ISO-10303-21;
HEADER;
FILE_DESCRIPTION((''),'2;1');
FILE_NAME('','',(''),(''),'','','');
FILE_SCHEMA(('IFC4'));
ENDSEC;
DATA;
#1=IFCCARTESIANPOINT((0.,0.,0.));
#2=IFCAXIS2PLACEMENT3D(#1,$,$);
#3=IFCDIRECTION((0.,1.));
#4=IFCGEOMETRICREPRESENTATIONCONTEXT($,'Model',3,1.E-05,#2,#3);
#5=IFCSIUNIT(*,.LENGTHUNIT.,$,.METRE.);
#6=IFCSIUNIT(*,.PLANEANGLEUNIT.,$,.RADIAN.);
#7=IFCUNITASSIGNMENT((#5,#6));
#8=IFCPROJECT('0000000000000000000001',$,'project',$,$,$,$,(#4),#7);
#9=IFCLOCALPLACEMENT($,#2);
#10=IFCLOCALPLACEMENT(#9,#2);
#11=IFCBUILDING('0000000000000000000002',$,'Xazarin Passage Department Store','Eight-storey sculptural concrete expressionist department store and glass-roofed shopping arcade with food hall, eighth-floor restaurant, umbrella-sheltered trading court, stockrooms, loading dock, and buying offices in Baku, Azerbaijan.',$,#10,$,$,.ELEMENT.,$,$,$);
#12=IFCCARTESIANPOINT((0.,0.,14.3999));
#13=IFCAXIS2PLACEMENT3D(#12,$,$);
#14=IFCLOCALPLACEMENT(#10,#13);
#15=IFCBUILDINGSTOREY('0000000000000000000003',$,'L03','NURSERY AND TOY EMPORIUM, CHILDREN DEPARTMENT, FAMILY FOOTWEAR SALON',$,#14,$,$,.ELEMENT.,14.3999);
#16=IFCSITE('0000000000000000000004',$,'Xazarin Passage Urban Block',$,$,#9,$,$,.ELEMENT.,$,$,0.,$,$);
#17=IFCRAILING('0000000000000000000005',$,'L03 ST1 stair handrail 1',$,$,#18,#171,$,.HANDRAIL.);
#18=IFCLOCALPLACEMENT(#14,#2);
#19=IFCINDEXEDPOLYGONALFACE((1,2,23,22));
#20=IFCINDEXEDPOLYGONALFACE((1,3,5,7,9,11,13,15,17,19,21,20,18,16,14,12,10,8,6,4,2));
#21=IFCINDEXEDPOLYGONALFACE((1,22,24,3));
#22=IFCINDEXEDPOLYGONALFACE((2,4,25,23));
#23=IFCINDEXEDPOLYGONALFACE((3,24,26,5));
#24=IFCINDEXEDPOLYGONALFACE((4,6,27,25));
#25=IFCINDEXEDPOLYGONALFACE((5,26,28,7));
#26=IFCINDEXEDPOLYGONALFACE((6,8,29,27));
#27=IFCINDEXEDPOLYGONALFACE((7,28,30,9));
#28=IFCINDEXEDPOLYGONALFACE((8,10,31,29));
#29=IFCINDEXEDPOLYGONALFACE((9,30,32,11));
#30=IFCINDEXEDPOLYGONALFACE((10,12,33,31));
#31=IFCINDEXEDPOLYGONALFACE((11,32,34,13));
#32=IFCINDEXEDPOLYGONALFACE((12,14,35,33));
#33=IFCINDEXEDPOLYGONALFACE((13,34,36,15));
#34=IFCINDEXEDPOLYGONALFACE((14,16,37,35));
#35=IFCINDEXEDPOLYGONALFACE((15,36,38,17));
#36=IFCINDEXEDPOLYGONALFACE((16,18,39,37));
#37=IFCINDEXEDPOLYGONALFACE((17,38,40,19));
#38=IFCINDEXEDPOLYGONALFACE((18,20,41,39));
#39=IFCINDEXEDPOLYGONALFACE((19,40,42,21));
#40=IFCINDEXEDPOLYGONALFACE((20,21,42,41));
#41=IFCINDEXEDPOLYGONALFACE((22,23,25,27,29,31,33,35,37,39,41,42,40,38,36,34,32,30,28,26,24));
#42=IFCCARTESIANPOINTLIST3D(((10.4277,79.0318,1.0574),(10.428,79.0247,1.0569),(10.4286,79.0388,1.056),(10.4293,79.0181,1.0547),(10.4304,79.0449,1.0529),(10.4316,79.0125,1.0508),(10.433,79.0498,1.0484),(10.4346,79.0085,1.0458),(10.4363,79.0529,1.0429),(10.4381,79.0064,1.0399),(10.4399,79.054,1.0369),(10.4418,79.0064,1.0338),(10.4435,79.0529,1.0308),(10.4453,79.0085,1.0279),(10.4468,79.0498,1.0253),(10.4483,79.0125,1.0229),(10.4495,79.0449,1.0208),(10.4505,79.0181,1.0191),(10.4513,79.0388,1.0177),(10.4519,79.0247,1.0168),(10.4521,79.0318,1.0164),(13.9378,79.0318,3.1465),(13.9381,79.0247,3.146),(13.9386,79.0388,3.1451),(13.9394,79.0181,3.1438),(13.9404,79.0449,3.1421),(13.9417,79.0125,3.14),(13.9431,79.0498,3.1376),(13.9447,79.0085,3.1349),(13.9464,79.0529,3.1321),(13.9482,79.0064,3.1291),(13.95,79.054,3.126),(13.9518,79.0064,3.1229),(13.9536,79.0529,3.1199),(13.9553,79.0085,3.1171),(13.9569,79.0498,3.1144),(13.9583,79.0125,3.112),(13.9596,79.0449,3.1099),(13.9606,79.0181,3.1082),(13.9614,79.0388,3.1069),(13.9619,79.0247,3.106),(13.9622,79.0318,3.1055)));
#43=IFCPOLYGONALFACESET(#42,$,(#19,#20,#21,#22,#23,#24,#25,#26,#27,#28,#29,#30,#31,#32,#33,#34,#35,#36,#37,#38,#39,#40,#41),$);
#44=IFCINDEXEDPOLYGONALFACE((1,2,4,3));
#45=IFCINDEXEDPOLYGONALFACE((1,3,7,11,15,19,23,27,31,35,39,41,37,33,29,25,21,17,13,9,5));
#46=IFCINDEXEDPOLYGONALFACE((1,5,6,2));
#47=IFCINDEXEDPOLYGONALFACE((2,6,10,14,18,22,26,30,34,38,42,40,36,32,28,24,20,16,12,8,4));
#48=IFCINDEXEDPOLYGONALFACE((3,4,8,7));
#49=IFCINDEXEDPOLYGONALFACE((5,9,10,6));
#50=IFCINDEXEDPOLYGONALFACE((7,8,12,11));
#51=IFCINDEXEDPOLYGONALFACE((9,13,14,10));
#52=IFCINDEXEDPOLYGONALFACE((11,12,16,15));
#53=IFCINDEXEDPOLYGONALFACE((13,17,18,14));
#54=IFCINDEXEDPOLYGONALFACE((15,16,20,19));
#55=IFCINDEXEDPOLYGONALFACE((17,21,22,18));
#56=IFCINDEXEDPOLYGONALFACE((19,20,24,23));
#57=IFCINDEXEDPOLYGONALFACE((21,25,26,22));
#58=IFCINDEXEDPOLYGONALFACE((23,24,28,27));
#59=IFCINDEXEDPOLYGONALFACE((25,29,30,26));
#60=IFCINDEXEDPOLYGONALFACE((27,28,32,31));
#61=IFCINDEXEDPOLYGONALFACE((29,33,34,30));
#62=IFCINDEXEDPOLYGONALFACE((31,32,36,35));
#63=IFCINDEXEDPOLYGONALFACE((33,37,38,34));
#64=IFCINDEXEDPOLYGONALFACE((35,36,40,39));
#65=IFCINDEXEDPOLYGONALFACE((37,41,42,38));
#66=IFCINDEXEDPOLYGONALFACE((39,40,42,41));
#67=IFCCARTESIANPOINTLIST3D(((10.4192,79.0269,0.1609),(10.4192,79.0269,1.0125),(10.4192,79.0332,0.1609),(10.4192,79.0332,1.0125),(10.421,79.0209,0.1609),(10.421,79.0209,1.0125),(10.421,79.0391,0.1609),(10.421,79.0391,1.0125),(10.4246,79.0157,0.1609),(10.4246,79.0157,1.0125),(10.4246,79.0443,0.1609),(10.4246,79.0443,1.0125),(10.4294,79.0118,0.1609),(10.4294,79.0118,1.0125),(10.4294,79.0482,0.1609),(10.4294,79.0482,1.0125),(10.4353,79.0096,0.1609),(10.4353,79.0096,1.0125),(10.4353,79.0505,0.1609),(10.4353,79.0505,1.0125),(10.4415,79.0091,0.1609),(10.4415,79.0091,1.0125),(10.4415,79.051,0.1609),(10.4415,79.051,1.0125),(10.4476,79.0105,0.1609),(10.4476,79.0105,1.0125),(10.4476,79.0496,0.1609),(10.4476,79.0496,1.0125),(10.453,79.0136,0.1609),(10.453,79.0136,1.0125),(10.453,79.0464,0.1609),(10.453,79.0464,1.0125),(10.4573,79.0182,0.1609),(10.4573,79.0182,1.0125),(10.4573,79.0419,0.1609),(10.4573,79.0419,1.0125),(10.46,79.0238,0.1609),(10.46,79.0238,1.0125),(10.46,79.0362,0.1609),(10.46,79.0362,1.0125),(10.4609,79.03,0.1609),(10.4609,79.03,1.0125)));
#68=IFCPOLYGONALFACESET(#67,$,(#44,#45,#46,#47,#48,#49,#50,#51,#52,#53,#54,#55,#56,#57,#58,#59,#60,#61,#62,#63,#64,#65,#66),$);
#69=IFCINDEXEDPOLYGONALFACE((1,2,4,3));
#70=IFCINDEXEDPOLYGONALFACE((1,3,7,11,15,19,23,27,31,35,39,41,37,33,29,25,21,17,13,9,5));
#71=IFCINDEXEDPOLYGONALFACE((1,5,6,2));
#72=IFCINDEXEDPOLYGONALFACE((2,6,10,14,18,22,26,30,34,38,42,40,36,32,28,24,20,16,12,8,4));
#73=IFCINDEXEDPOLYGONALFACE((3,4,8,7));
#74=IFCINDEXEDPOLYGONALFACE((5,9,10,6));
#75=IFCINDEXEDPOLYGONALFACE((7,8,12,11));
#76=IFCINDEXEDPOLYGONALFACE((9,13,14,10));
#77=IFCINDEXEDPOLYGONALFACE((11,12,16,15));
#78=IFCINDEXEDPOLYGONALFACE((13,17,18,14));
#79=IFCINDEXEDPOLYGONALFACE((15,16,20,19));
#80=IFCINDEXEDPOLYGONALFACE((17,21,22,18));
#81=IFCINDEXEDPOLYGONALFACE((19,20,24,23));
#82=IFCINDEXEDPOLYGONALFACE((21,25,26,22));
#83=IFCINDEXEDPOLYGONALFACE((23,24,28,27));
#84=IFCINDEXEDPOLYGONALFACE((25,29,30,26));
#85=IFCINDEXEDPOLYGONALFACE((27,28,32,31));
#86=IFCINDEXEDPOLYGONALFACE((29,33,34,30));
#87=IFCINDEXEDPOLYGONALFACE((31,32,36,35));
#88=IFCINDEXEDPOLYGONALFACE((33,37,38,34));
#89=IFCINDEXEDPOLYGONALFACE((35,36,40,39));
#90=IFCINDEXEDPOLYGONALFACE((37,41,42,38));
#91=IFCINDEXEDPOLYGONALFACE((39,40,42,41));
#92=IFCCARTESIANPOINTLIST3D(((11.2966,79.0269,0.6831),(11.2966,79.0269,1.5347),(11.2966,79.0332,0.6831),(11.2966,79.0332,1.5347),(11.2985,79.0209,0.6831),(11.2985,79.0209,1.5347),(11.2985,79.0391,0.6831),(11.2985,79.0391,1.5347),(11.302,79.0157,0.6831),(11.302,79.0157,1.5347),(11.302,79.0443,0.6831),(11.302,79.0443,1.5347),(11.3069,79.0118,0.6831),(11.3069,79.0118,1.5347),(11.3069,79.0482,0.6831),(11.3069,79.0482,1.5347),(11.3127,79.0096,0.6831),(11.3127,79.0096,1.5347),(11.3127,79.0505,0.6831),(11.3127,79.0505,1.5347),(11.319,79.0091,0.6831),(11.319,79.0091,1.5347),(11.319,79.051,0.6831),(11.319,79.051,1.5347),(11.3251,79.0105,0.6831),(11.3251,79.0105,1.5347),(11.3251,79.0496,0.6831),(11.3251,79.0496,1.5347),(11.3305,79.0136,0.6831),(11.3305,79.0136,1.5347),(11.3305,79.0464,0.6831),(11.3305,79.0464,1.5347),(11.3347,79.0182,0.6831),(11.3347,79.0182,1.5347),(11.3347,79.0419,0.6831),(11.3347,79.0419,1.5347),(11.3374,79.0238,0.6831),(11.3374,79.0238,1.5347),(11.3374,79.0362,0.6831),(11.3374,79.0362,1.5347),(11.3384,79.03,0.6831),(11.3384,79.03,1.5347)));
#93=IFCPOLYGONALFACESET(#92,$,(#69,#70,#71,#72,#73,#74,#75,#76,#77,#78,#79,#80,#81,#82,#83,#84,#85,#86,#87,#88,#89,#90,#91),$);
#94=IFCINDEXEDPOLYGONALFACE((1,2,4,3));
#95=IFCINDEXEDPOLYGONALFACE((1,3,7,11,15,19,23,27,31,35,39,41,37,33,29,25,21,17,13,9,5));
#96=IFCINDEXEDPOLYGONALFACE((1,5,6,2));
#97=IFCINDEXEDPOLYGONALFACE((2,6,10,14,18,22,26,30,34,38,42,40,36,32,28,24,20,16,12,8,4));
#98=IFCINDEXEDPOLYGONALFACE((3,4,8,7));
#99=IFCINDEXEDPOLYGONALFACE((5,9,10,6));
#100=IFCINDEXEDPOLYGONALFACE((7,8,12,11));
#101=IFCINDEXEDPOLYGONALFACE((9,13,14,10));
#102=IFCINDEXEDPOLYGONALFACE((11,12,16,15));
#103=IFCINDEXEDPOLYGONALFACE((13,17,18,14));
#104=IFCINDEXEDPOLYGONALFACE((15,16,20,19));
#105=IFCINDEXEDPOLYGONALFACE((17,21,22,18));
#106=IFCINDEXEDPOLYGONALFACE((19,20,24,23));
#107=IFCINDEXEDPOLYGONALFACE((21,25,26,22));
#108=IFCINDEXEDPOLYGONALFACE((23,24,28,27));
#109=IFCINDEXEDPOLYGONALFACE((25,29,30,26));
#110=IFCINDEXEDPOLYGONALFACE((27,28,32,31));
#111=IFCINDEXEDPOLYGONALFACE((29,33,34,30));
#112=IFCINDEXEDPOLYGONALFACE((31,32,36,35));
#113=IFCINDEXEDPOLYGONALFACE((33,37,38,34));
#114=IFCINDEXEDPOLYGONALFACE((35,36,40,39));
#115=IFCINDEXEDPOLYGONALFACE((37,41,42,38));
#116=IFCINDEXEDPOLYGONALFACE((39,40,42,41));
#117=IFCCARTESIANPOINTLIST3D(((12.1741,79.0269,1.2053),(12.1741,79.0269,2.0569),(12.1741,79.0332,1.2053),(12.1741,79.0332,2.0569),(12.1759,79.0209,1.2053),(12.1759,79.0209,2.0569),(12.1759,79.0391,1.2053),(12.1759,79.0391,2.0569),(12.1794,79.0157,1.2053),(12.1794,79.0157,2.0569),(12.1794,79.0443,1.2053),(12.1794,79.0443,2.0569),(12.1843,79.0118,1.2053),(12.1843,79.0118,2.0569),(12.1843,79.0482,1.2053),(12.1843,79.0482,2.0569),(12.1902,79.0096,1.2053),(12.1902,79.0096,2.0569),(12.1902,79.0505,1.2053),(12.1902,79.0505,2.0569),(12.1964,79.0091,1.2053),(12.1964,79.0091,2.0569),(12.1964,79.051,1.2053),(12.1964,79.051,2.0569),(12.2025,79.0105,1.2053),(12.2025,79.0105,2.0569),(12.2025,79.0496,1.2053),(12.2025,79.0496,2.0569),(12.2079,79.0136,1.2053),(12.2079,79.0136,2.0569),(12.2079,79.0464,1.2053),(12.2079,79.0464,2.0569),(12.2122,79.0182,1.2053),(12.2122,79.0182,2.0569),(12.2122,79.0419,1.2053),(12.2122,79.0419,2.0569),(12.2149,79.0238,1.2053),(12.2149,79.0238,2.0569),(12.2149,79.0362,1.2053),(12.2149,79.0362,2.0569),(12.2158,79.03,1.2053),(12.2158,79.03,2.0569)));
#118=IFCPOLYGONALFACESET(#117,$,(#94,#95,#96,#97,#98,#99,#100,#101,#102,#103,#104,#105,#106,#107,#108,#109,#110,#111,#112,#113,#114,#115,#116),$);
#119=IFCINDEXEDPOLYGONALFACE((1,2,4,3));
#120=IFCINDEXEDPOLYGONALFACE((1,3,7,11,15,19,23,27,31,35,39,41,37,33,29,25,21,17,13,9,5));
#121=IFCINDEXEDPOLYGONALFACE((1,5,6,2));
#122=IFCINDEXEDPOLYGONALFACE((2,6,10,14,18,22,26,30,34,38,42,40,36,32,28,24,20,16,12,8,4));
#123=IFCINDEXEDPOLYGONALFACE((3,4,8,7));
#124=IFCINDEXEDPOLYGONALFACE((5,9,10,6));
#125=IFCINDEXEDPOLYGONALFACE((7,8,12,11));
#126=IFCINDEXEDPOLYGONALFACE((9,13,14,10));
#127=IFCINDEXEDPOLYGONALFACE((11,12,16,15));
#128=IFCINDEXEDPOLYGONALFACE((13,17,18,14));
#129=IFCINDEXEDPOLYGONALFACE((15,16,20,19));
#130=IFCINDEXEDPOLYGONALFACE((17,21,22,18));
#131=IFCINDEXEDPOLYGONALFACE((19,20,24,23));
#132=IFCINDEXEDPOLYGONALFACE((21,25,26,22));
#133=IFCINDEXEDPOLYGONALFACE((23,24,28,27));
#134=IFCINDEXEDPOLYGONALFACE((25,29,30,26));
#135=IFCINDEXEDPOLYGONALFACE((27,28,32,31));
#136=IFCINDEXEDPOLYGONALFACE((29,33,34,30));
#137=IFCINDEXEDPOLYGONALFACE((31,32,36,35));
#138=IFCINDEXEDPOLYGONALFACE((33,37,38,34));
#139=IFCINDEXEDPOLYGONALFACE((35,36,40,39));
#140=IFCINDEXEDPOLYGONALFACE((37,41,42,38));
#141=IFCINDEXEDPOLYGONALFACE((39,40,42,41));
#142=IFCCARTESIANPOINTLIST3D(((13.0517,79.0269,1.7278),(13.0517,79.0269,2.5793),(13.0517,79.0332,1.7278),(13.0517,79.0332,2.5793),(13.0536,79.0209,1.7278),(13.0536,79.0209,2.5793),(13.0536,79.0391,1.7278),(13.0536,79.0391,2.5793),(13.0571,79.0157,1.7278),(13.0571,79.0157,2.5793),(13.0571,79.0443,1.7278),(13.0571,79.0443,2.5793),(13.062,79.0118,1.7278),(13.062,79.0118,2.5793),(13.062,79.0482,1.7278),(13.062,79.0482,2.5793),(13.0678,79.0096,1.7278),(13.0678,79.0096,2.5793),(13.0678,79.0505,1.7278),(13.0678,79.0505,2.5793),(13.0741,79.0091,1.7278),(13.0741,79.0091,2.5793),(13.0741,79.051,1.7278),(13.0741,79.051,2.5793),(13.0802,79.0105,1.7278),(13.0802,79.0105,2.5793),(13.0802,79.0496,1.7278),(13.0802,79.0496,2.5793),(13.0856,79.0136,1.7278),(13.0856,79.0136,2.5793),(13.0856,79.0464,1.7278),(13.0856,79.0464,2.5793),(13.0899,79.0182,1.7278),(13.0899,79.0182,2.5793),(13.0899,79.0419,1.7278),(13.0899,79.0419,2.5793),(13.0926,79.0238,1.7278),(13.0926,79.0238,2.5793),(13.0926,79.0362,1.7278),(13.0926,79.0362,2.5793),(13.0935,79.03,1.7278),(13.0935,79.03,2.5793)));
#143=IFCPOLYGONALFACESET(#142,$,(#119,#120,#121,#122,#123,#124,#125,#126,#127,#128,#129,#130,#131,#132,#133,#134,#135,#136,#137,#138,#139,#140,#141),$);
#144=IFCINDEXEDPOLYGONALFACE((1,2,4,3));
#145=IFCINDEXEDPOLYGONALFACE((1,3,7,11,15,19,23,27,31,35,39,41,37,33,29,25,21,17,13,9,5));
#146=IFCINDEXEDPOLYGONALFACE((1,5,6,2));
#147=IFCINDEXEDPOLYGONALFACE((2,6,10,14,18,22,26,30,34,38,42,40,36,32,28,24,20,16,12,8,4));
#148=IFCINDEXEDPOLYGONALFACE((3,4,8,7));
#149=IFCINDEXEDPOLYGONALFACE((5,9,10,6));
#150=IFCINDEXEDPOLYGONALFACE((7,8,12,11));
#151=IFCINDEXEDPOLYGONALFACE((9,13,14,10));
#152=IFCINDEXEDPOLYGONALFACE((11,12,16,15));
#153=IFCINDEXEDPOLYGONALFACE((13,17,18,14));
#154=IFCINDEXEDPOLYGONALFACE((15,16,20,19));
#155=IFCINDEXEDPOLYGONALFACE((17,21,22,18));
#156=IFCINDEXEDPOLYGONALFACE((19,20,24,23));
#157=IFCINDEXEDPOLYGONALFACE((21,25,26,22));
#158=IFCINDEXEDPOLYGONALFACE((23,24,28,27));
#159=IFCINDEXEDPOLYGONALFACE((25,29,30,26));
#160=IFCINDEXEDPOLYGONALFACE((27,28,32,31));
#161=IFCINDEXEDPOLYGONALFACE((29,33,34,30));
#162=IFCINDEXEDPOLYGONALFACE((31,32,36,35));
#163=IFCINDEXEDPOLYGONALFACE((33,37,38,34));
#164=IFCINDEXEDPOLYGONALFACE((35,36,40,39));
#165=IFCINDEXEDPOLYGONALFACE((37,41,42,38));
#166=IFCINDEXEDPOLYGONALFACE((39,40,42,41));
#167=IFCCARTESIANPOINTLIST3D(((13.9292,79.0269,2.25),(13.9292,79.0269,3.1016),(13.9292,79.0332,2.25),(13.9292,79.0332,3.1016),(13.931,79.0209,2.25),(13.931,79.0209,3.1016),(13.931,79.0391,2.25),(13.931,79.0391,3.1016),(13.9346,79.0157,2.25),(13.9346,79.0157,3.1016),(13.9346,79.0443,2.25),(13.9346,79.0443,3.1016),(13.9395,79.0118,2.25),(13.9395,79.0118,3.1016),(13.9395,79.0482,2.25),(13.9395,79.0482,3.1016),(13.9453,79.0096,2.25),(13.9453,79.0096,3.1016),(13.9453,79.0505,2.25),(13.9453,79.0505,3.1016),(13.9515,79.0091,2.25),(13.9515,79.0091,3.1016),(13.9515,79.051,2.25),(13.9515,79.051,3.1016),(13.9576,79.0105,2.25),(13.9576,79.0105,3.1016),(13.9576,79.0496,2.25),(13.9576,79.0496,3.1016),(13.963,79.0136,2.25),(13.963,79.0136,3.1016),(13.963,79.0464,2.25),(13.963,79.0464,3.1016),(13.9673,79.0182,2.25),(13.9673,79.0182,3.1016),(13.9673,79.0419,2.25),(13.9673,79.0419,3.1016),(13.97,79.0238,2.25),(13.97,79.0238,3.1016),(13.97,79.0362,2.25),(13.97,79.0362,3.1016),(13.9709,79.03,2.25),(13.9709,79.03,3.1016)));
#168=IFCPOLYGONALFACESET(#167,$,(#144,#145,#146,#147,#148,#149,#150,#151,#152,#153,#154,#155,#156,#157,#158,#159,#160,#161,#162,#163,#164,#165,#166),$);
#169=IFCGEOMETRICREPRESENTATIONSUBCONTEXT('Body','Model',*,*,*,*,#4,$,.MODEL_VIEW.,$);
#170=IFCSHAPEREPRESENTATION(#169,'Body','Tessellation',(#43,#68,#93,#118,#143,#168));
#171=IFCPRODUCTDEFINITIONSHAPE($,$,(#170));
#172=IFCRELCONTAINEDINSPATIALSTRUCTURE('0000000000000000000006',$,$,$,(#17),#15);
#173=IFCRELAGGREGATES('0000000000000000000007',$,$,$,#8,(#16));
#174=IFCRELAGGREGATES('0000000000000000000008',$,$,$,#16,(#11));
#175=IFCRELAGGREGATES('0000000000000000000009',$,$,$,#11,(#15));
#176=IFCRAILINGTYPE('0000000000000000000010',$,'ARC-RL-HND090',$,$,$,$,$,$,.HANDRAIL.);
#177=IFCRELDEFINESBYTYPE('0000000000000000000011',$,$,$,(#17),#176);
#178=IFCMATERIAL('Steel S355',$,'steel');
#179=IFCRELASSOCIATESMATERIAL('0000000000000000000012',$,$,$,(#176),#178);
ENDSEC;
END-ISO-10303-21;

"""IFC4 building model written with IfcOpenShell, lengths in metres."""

from ifc_helpers import new_model, si_unit, direction, frame, origin, origin_2d, place, context, subcontext, project, spatial, circle, extrude, material, type_object, element, save


model = new_model("IFC4")

# Units and contexts
model_context = context("Model", 3, precision=1e-05, world=origin(), true_north=direction((0.0, 1.0)))
body_context = subcontext(model_context, "Body", "Model", "MODEL_VIEW")
ifc_project = project(units=[si_unit("LENGTHUNIT", "METRE"), si_unit("PLANEANGLEUNIT", "RADIAN")], contexts=[model_context])

# Site, building, storey
site_placement = place(None, origin())
site = spatial("IfcSite", under=ifc_project, at=site_placement, Name="Xazarin Passage Urban Block", CompositionType="ELEMENT", RefElevation=0.0)
building_placement = place(site_placement, origin())
building = spatial("IfcBuilding", under=site, at=building_placement, Name="Xazarin Passage Department Store", Description="Eight-storey sculptural concrete expressionist department store and glass-roofed shopping arcade with food hall, eighth-floor restaurant, umbrella-sheltered trading court, stockrooms, loading dock, and buying offices in Baku, Azerbaijan.", CompositionType="ELEMENT")
storey_placement = place(building_placement, frame((0.0, 0.0, 14.3999)))
storey = spatial("IfcBuildingStorey", under=building, at=storey_placement, Name="L03", Description="NURSERY AND TOY EMPORIUM, CHILDREN DEPARTMENT, FAMILY FOOTWEAR SALON", CompositionType="ELEMENT", Elevation=14.3999)

# Shared definitions
ifc_material_1 = material(Name="Steel S355", Category="steel")

# Railing
railing_type_1 = type_object("IfcRailingType", Name="ARC-RL-HND090", PredefinedType="HANDRAIL", material=ifc_material_1)
railing_1_placement = place(storey_placement, frame((10.4399, 79.03, 0.1609)))
element("IfcRailing", 1, at=railing_1_placement, inside=storey, type_object=railing_type_1, Name="L03 ST1 stair handrail 1", PredefinedType="HANDRAIL", context=body_context, shape_type="SweptSolid", body=[
    extrude(circle(Radius=0.0239, at=origin_2d()), frame((0.0, 0.0, 0.876), z_axis=(0.859312, 0.0, 0.511451), x_axis=(0.0, 1.0, 0.0)), (0.0, 0.0, 1.0), 4.0847),
    extrude(circle(Radius=0.021, at=origin_2d()), origin(), (0.0, 0.0, 1.0), 0.8516),
    extrude(circle(Radius=0.021, at=origin_2d()), frame((0.8774, 0.0, 0.5222)), (0.0, 0.0, 1.0), 0.8516),
    extrude(circle(Radius=0.021, at=origin_2d()), frame((1.7549, 0.0, 1.0444)), (0.0, 0.0, 1.0), 0.8516),
    extrude(circle(Radius=0.021, at=origin_2d()), frame((2.6326, 0.0, 1.5669)), (0.0, 0.0, 1.0), 0.8516),
    extrude(circle(Radius=0.021, at=origin_2d()), frame((3.51, 0.0, 2.0891)), (0.0, 0.0, 1.0), 0.8516),
])

save(model, "model.ifc")
